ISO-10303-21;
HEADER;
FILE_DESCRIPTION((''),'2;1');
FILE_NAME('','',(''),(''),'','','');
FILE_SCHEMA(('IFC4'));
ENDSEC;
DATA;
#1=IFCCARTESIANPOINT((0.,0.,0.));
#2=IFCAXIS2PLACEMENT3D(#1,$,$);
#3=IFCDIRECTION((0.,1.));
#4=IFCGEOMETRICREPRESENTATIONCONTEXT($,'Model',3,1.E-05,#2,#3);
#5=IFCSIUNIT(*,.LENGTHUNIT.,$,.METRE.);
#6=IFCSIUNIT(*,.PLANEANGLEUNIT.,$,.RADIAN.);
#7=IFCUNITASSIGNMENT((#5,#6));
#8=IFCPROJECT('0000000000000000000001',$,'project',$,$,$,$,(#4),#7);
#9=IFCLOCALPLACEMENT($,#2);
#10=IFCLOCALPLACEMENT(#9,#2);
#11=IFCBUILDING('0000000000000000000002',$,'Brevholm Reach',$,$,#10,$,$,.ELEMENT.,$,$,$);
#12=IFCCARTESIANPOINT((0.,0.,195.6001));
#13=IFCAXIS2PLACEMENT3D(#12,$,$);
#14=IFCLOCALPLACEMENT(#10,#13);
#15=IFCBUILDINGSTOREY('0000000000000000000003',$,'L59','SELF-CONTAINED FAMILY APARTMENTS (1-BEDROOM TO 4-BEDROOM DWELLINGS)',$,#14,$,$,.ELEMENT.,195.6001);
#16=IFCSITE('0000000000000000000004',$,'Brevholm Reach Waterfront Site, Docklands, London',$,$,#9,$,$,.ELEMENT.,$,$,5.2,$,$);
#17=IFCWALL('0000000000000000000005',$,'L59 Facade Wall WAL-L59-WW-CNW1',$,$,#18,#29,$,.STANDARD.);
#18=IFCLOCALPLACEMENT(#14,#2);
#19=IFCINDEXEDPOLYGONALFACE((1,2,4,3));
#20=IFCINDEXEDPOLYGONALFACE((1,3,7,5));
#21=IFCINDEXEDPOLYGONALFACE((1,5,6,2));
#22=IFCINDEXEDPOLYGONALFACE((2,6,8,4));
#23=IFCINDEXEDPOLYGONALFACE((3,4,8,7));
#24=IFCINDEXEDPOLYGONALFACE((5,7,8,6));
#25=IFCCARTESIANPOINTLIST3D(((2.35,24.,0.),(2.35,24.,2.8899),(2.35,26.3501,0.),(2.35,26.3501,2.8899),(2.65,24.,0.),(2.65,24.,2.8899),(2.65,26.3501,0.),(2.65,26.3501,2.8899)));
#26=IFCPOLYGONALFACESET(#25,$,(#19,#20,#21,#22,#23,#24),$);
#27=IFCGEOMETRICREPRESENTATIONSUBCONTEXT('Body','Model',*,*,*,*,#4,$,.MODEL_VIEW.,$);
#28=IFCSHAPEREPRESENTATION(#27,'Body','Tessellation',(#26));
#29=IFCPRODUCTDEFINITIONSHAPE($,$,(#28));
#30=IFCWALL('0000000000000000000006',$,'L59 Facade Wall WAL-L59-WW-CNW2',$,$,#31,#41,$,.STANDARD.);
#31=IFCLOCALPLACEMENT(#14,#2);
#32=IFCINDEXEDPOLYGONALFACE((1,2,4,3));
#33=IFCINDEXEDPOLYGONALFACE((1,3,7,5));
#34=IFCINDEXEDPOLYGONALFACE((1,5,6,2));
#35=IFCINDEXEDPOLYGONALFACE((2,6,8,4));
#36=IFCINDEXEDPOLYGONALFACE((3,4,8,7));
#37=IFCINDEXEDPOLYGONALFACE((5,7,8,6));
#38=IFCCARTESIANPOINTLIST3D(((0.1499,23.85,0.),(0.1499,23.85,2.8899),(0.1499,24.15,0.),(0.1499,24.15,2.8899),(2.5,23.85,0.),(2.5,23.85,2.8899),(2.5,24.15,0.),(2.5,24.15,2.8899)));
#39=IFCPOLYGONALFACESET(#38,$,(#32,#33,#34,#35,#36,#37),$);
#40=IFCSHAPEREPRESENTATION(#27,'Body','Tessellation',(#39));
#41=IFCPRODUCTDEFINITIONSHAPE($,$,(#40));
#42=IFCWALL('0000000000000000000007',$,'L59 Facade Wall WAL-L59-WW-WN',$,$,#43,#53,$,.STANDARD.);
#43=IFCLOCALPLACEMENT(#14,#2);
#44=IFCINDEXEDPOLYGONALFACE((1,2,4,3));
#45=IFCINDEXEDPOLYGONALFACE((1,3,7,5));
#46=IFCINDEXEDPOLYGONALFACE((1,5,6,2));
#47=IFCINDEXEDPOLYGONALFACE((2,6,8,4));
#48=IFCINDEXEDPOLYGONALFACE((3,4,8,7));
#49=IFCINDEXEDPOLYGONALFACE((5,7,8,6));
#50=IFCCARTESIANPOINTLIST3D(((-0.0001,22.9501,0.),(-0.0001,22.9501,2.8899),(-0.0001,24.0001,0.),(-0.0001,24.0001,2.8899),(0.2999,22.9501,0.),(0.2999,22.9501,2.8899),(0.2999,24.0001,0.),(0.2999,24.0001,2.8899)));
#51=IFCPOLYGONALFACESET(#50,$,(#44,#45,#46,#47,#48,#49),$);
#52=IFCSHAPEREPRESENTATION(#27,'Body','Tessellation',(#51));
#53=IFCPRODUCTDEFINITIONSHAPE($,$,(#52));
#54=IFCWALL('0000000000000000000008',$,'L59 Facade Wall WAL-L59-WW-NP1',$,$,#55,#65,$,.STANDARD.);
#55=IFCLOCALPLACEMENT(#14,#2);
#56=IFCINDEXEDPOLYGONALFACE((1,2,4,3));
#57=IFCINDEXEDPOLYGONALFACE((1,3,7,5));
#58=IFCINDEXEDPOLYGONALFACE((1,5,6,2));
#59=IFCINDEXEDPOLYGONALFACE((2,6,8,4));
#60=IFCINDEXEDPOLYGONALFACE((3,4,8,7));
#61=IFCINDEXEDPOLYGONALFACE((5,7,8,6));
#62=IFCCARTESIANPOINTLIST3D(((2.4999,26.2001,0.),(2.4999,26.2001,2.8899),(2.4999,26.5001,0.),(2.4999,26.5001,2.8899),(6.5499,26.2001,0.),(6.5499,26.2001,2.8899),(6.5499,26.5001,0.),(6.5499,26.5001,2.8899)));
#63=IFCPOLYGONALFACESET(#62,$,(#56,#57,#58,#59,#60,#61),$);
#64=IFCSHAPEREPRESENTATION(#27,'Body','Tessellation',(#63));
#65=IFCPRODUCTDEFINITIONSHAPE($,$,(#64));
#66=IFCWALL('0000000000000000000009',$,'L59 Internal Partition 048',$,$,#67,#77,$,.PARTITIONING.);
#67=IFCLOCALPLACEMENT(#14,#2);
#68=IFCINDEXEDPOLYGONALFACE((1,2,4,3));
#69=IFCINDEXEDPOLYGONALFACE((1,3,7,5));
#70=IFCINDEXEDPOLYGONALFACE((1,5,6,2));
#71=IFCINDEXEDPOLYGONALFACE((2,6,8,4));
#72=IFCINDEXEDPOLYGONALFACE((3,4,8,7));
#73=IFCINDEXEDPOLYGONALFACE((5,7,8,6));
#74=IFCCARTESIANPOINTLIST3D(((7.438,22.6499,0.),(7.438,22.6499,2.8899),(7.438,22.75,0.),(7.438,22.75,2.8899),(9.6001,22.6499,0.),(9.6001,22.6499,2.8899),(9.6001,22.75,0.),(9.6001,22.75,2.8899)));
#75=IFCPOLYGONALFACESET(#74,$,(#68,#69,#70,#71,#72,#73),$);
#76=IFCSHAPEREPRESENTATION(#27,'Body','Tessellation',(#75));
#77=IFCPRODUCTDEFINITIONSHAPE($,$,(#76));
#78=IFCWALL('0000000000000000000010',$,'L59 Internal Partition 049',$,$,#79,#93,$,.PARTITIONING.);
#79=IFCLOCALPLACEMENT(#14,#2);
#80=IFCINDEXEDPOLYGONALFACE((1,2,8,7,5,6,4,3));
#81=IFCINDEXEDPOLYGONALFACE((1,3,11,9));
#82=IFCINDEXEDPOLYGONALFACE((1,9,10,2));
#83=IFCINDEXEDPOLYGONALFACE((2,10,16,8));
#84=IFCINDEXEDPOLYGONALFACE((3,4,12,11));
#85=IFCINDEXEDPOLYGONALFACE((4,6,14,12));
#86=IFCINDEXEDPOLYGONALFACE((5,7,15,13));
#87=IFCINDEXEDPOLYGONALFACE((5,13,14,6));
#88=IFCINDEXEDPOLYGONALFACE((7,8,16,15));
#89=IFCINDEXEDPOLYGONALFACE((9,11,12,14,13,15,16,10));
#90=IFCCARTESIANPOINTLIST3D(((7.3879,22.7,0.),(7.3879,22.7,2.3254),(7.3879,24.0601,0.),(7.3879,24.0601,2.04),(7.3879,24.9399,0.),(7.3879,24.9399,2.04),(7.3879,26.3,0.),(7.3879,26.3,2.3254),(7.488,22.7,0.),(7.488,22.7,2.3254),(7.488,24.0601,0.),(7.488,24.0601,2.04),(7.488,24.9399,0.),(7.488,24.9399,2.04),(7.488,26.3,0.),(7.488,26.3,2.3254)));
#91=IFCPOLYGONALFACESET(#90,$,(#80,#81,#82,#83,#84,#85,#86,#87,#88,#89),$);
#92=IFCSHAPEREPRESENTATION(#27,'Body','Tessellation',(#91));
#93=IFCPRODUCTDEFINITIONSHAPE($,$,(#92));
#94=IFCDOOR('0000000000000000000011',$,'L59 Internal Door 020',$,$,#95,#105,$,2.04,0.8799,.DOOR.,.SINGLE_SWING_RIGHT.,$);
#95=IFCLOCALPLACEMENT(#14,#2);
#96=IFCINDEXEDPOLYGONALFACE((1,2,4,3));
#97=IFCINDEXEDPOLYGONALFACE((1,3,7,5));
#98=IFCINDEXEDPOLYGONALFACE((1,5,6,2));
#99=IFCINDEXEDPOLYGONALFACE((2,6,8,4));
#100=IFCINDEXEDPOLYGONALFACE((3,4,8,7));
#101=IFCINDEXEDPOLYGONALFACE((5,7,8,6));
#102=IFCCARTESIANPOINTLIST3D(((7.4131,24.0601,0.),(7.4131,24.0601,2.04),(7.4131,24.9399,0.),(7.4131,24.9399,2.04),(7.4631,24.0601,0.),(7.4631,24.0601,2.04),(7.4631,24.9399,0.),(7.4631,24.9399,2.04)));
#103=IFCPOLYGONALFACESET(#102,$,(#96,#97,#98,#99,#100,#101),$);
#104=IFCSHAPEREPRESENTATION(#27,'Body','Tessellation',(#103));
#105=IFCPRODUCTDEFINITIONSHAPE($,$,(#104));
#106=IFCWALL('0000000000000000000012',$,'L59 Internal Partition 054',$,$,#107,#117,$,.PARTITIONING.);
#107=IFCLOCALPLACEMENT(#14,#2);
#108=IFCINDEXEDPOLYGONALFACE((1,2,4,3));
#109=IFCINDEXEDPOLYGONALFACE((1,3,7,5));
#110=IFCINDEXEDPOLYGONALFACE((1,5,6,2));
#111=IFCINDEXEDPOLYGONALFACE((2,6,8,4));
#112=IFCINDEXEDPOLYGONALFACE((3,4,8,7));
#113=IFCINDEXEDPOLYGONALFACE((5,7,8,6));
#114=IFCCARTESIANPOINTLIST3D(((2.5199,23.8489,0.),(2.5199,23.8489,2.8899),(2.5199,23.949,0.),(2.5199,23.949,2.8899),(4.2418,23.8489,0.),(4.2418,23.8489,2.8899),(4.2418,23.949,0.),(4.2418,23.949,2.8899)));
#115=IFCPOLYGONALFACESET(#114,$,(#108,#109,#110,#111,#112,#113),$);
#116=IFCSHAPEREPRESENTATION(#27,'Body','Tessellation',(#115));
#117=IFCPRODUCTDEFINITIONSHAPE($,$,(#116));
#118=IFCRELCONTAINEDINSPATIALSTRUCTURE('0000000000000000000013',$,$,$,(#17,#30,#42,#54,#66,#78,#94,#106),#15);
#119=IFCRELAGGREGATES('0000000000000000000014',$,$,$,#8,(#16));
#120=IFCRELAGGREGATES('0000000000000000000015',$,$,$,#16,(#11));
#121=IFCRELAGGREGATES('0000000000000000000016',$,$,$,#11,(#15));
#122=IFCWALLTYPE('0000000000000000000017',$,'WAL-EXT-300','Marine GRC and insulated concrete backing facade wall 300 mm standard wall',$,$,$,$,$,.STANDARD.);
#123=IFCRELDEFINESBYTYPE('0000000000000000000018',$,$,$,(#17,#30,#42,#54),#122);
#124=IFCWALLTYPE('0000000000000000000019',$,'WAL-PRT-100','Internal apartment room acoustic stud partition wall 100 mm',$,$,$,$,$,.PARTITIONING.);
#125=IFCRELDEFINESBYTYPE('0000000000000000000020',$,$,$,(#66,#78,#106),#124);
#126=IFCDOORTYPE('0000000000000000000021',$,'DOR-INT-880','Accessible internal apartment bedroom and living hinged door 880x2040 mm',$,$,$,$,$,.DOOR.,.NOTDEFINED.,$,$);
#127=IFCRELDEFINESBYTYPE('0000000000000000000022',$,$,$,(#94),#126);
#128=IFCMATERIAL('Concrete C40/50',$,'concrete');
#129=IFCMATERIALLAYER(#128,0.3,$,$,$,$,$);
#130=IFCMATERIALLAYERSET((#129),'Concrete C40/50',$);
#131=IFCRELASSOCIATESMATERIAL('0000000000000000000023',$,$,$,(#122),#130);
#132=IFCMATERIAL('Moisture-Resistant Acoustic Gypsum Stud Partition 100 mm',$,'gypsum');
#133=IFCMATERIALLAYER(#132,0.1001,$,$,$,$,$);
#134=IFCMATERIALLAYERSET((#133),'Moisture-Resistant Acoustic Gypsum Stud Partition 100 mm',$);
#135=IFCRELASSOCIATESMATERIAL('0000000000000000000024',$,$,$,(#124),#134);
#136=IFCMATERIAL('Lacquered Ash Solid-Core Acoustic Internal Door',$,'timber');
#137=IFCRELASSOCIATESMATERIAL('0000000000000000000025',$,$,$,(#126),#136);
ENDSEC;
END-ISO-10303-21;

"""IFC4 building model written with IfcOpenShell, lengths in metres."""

from ifc_helpers import new_model, si_unit, direction, frame, frame_2d, origin, place, context, subcontext, project, spatial, rectangle, extrude, material, layer, layer_set, type_object, element, fill, save


model = new_model("IFC4")

# Units and contexts
model_context = context("Model", 3, precision=1e-05, world=origin(), true_north=direction((0.0, 1.0)))
body_context = subcontext(model_context, "Body", "Model", "MODEL_VIEW")
ifc_project = project(units=[si_unit("LENGTHUNIT", "METRE"), si_unit("PLANEANGLEUNIT", "RADIAN")], contexts=[model_context])

# Site, building, storey
site_placement = place(None, origin())
site = spatial("IfcSite", under=ifc_project, at=site_placement, Name="Brevholm Reach Waterfront Site, Docklands, London", CompositionType="ELEMENT", RefElevation=5.2)
building_placement = place(site_placement, origin())
building = spatial("IfcBuilding", under=site, at=building_placement, Name="Brevholm Reach", CompositionType="ELEMENT")
storey_placement = place(building_placement, frame((0.0, 0.0, 195.6001)))
storey = spatial("IfcBuildingStorey", under=building, at=storey_placement, Name="L59", Description="SELF-CONTAINED FAMILY APARTMENTS (1-BEDROOM TO 4-BEDROOM DWELLINGS)", CompositionType="ELEMENT", Elevation=195.6001)

# Walls
ifc_material_1 = material(Name="Concrete C40/50", Category="concrete")
ifc_layer_1 = layer(ifc_material_1, 0.3)
ifc_layer_set_1 = layer_set([ifc_layer_1], Name="Concrete C40/50")
wall_type_1 = type_object("IfcWallType", Name="WAL-EXT-300", Description="Marine GRC and insulated concrete backing facade wall 300 mm standard wall", PredefinedType="STANDARD", material=ifc_layer_set_1)
for number, where, z_axis, x_axis, name in (
    (1, (2.5, 26.3501, 0.0), (0.0, 0.0, 1.0), (0.0, -1.0, 0.0), "L59 Facade Wall WAL-L59-WW-CNW1"),
    (2, (2.5, 24.0, 0.0), (0.0, 0.0, 1.0), (-1.0, 0.0, 0.0), "L59 Facade Wall WAL-L59-WW-CNW2"),
):
    element("IfcWall", number, at=place(storey_placement, frame(where, z_axis=z_axis, x_axis=x_axis)), inside=storey, type_object=wall_type_1, Name=name, PredefinedType="STANDARD", context=body_context, shape_type="SweptSolid", body=[
        extrude(rectangle(XDim=2.3501, YDim=0.3, at=frame_2d((1.175, 0.0))), origin(), (0.0, 0.0, 1.0), 2.8899),
    ])
wall_1_placement = place(storey_placement, frame((0.1499, 24.0, 0.0), z_axis=(0.0, 0.0, 1.0), x_axis=(0.0, -1.0, 0.0)))
element("IfcWall", 3, at=wall_1_placement, inside=storey, type_object=wall_type_1, Name="L59 Facade Wall WAL-L59-WW-WN", PredefinedType="STANDARD", context=body_context, shape_type="SweptSolid", body=[
    extrude(rectangle(XDim=1.05, YDim=0.3, at=frame_2d((0.5249, 0.0))), origin(), (0.0, 0.0, 1.0), 2.8899),
])
wall_2_placement = place(storey_placement, frame((2.5, 26.3501, 0.0), z_axis=(0.0, 0.0, 1.0), x_axis=(1.0, 0.0, 0.0)))
element("IfcWall", 4, at=wall_2_placement, inside=storey, type_object=wall_type_1, Name="L59 Facade Wall WAL-L59-WW-NP1", PredefinedType="STANDARD", context=body_context, shape_type="SweptSolid", body=[
    extrude(rectangle(XDim=4.05, YDim=0.3, at=frame_2d((2.0249, 0.0))), origin(), (0.0, 0.0, 1.0), 2.8899),
])
ifc_material_2 = material(Name="Moisture-Resistant Acoustic Gypsum Stud Partition 100 mm", Category="gypsum")
ifc_layer_2 = layer(ifc_material_2, 0.1001)
ifc_layer_set_2 = layer_set([ifc_layer_2], Name="Moisture-Resistant Acoustic Gypsum Stud Partition 100 mm")
wall_type_2 = type_object("IfcWallType", Name="WAL-PRT-100", Description="Internal apartment room acoustic stud partition wall 100 mm", PredefinedType="PARTITIONING", material=ifc_layer_set_2)
wall_3_placement = place(storey_placement, frame((7.438, 22.7, 0.0), z_axis=(0.0, 0.0, 1.0), x_axis=(1.0, 0.0, 0.0)))
element("IfcWall", 5, at=wall_3_placement, inside=storey, type_object=wall_type_2, Name="L59 Internal Partition 048", PredefinedType="PARTITIONING", context=body_context, shape_type="SweptSolid", body=[
    extrude(rectangle(XDim=2.1621, YDim=0.1001, at=frame_2d((1.0811, 0.0))), origin(), (0.0, 0.0, 1.0), 2.8899),
])

# Wall, opening, door
wall_4_placement = place(storey_placement, frame((7.438, 22.7, 0.0), z_axis=(0.0, 0.0, 1.0), x_axis=(0.0, 1.0, 0.0)))
wall_4 = element("IfcWall", 6, at=wall_4_placement, inside=storey, type_object=wall_type_2, Name="L59 Internal Partition 049", PredefinedType="PARTITIONING", context=body_context, shape_type="SweptSolid", body=[
    extrude(rectangle(XDim=3.6001, YDim=0.1001, at=frame_2d((1.8, 0.0))), origin(), (0.0, 0.0, 1.0), 2.3254),
])
opening_placement = place(wall_4_placement, frame((1.3601, 0.0, 0.0)))
opening = element("IfcOpeningElement", 7, at=opening_placement, cuts=wall_4, PredefinedType="OPENING", context=body_context, shape_type="SweptSolid", body=[
    extrude(rectangle(XDim=0.8799, YDim=2.04, at=frame_2d((0.4399, 1.02))), frame((0.0, 0.0601, 0.0), z_axis=(0.0, -1.0, 0.0), x_axis=(1.0, 0.0, 0.0)), (0.0, 0.0, 1.0), 0.1201),
])
ifc_material_3 = material(Name="Lacquered Ash Solid-Core Acoustic Internal Door", Category="timber")
door_type = type_object("IfcDoorType", Name="DOR-INT-880", Description="Accessible internal apartment bedroom and living hinged door 880x2040 mm", OperationType="NOTDEFINED", PredefinedType="DOOR", material=ifc_material_3)
door_placement = place(opening_placement, origin())
door = element("IfcDoor", 8, at=door_placement, inside=storey, type_object=door_type, Name="L59 Internal Door 020", OperationType="SINGLE_SWING_RIGHT", OverallHeight=2.04, OverallWidth=0.8799, PredefinedType="DOOR", context=body_context, shape_type="SweptSolid", body=[
    extrude(rectangle(XDim=0.8799, YDim=2.04, at=frame_2d((0.4399, 1.02))), frame((0.0, 0.0249, 0.0), z_axis=(0.0, -1.0, 0.0), x_axis=(1.0, 0.0, 0.0)), (0.0, 0.0, 1.0), 0.05),
])
fill(opening, door)

# Wall
wall_5_placement = place(storey_placement, frame((2.52, 23.8989, 0.0), z_axis=(0.0, 0.0, 1.0), x_axis=(1.0, 0.0, 0.0)))
element("IfcWall", 9, at=wall_5_placement, inside=storey, type_object=wall_type_2, Name="L59 Internal Partition 054", PredefinedType="PARTITIONING", context=body_context, shape_type="SweptSolid", body=[
    extrude(rectangle(XDim=1.7219, YDim=0.1001, at=frame_2d((0.8608, 0.0))), origin(), (0.0, 0.0, 1.0), 2.8899),
])

save(model, "model.ifc")
